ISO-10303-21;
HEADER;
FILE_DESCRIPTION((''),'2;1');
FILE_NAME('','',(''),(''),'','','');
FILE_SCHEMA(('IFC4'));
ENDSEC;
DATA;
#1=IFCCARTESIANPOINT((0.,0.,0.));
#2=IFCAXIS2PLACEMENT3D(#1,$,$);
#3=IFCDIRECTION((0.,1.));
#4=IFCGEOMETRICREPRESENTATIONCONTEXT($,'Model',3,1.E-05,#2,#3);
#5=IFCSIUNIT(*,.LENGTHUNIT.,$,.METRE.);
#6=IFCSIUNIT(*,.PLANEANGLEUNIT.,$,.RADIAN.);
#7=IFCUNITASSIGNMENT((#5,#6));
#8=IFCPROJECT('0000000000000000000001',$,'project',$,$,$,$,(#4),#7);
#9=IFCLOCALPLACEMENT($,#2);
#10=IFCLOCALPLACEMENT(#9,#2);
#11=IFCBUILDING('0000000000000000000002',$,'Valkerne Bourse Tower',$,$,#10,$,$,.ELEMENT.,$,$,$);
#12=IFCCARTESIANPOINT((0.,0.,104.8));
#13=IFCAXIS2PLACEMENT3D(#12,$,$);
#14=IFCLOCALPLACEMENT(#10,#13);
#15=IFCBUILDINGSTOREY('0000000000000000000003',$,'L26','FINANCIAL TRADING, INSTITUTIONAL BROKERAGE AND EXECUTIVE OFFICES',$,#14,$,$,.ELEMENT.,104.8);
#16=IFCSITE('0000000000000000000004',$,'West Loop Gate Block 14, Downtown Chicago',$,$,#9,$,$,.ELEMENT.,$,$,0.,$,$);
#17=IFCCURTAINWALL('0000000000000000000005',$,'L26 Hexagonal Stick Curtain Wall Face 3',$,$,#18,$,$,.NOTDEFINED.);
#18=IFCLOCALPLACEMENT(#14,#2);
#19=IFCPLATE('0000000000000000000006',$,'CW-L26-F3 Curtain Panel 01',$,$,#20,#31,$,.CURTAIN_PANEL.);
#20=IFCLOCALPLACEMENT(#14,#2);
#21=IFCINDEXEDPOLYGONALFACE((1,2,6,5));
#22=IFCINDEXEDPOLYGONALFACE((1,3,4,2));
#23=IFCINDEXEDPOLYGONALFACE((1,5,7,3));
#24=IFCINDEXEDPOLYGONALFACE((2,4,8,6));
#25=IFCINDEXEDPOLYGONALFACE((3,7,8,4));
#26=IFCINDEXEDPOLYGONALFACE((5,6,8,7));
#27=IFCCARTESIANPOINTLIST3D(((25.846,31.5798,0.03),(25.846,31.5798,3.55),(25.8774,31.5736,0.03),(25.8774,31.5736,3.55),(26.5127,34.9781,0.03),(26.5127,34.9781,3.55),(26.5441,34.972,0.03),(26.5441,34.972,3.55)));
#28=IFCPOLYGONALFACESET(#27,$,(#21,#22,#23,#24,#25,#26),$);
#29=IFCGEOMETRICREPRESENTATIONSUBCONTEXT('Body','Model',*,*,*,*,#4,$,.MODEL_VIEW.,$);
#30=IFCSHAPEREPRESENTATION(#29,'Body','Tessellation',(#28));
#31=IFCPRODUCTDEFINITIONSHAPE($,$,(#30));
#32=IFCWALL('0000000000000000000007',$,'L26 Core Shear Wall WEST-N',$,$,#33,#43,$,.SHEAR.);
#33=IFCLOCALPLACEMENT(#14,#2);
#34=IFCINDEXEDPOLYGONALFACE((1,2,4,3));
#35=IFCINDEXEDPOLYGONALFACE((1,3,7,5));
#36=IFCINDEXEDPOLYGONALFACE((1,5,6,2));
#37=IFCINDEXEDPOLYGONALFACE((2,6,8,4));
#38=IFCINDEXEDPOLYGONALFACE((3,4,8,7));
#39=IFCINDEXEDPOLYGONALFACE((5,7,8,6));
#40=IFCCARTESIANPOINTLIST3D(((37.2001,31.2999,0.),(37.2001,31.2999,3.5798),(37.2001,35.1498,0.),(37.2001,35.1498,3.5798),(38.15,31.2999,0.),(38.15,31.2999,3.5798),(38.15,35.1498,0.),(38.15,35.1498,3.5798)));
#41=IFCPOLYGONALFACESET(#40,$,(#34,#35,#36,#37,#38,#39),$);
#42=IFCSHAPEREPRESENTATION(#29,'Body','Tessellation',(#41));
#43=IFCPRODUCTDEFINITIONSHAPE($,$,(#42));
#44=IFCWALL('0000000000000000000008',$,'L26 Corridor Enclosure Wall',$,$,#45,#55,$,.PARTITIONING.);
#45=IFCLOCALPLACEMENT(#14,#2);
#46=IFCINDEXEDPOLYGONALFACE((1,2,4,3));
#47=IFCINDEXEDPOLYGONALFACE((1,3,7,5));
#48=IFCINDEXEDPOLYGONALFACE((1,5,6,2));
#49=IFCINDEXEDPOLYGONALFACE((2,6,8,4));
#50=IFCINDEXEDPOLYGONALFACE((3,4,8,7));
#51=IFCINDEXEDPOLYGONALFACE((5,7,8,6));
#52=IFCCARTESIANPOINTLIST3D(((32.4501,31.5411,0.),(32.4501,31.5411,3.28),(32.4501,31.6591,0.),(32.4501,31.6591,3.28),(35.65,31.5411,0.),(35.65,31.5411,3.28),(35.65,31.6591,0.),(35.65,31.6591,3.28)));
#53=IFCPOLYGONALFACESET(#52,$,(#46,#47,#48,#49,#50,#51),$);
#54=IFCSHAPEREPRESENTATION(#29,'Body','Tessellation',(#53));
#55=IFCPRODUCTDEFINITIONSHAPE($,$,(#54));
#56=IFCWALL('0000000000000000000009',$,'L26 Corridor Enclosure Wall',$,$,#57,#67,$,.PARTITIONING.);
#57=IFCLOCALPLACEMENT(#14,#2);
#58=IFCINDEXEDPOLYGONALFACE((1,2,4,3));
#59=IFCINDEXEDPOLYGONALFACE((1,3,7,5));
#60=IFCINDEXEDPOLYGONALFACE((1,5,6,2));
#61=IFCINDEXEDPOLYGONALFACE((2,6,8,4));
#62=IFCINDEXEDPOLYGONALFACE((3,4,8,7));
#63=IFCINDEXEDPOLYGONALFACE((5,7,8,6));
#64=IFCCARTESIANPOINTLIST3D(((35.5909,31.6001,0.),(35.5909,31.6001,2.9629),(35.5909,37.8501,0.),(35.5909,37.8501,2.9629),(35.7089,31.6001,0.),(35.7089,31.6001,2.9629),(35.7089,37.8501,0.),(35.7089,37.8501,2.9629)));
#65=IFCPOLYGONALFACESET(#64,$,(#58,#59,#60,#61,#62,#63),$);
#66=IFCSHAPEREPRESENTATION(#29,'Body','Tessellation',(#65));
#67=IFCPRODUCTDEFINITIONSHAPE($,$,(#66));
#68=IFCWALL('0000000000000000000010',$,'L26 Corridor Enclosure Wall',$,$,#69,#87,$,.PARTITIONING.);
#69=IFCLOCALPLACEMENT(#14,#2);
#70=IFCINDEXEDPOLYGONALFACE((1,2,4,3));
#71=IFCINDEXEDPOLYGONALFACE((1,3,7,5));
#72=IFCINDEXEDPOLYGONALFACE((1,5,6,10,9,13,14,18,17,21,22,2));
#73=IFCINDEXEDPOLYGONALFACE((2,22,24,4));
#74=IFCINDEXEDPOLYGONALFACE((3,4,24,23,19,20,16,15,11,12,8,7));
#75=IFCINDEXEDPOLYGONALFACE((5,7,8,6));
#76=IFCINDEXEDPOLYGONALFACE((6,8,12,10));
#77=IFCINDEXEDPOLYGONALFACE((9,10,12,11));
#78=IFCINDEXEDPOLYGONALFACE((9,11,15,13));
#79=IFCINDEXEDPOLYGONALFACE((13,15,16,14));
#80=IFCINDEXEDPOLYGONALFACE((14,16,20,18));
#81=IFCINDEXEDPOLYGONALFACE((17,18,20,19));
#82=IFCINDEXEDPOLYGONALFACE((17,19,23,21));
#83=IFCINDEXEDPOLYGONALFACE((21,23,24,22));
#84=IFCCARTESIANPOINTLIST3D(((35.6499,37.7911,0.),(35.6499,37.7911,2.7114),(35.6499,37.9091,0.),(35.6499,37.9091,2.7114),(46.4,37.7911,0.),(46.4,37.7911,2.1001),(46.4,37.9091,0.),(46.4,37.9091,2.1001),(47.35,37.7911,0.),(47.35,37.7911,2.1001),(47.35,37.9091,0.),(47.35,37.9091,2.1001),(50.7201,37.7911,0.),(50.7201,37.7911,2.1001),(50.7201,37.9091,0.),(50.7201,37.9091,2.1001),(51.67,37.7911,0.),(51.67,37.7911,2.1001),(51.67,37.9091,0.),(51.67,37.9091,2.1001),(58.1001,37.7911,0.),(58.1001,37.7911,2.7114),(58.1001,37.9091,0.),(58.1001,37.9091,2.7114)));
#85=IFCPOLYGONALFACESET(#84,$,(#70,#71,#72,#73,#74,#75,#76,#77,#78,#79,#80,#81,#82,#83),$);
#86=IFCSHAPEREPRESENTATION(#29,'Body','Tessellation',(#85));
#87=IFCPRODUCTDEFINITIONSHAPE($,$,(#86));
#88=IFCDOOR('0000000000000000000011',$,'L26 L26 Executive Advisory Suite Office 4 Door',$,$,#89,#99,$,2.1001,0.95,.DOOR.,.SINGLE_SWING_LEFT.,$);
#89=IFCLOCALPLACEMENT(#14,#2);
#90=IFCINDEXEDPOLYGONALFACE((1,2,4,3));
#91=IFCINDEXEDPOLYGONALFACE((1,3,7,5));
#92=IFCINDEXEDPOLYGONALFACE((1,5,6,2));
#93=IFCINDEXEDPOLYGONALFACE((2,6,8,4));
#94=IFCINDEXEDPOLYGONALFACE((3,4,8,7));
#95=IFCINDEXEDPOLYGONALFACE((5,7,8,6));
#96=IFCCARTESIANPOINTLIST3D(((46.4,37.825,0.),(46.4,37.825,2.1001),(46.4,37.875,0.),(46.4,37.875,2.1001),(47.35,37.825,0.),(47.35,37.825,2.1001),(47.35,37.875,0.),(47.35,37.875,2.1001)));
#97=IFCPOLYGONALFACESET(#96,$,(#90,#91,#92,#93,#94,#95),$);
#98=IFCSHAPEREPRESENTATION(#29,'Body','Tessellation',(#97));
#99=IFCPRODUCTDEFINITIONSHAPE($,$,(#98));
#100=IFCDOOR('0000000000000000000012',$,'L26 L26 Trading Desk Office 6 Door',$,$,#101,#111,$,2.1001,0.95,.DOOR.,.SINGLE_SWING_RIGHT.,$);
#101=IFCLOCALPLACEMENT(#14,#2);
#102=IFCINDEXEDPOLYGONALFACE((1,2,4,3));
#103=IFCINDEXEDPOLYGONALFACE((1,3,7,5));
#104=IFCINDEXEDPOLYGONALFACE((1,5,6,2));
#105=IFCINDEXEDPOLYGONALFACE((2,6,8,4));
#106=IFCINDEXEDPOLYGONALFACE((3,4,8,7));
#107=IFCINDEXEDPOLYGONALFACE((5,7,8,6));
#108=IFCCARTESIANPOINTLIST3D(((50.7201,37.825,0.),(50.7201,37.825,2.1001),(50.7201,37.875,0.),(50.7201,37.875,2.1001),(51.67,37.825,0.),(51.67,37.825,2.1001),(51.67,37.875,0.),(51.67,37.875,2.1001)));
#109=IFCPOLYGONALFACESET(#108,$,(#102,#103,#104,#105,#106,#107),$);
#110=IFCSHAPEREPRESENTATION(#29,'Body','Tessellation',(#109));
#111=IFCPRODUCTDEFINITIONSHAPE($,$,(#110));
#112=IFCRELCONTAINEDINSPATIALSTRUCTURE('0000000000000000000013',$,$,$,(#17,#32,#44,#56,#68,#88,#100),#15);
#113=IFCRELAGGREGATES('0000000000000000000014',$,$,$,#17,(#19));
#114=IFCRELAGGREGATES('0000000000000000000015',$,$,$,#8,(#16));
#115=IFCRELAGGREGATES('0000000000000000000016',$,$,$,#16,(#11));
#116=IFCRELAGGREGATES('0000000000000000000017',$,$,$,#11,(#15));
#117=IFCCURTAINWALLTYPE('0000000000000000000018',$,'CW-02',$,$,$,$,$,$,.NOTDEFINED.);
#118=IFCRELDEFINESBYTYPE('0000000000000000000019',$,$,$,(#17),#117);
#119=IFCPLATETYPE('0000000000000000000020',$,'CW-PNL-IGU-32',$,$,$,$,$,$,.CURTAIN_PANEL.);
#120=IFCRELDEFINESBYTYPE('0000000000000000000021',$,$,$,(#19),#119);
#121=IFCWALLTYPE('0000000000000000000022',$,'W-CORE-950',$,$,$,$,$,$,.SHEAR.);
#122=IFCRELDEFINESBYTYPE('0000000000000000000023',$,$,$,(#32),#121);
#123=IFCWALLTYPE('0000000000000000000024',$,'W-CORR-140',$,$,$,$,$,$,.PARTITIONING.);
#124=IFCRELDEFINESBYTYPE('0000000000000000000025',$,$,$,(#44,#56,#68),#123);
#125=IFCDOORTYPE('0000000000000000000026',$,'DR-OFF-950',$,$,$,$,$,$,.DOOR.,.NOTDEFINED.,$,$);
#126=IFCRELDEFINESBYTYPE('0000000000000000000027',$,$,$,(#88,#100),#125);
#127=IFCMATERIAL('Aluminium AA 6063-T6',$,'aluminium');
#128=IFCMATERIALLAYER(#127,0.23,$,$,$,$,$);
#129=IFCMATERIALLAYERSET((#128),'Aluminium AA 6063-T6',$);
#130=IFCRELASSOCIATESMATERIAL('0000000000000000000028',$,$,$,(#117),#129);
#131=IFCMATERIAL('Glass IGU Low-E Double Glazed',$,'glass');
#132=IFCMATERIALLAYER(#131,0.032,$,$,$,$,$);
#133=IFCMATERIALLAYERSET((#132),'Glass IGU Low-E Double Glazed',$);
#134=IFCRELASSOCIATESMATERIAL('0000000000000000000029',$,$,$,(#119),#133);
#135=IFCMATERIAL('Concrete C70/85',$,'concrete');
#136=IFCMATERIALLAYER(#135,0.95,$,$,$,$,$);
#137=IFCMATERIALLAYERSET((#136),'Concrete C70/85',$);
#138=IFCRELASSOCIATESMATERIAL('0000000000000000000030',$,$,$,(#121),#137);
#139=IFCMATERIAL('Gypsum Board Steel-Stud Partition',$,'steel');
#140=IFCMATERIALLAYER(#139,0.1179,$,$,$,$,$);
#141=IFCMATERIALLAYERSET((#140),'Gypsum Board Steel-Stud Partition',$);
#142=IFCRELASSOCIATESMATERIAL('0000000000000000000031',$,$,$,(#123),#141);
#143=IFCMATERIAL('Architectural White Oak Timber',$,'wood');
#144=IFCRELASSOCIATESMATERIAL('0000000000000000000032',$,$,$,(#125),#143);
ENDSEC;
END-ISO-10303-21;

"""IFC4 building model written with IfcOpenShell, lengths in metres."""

from ifc_helpers import new_model, si_unit, direction, frame, frame_2d, origin, origin_2d, place, context, subcontext, project, spatial, rectangle, extrude, material, layer, layer_set, type_object, element, fill, aggregate, save


model = new_model("IFC4")

# Units and contexts
model_context = context("Model", 3, precision=1e-05, world=origin(), true_north=direction((0.0, 1.0)))
body_context = subcontext(model_context, "Body", "Model", "MODEL_VIEW")
ifc_project = project(units=[si_unit("LENGTHUNIT", "METRE"), si_unit("PLANEANGLEUNIT", "RADIAN")], contexts=[model_context])

# Site, building, storey
site_placement = place(None, origin())
site = spatial("IfcSite", under=ifc_project, at=site_placement, Name="West Loop Gate Block 14, Downtown Chicago", CompositionType="ELEMENT", RefElevation=0.0)
building_placement = place(site_placement, origin())
building = spatial("IfcBuilding", under=site, at=building_placement, Name="Valkerne Bourse Tower", CompositionType="ELEMENT")
storey_placement = place(building_placement, frame((0.0, 0.0, 104.8)))
storey = spatial("IfcBuildingStorey", under=building, at=storey_placement, Name="L26", Description="FINANCIAL TRADING, INSTITUTIONAL BROKERAGE AND EXECUTIVE OFFICES", CompositionType="ELEMENT", Elevation=104.8)

# Curtain wall
ifc_material_1 = material(Name="Aluminium AA 6063-T6", Category="aluminium")
ifc_layer_1 = layer(ifc_material_1, 0.23)
ifc_layer_set_1 = layer_set([ifc_layer_1], Name="Aluminium AA 6063-T6")
curtain_wall_type = type_object("IfcCurtainWallType", Name="CW-02", PredefinedType="NOTDEFINED", material=ifc_layer_set_1)
curtain_wall_placement = place(storey_placement, origin())
curtain_wall = element("IfcCurtainWall", 1, at=curtain_wall_placement, inside=storey, type_object=curtain_wall_type, Name="L26 Hexagonal Stick Curtain Wall Face 3", PredefinedType="NOTDEFINED")

# Plate
ifc_material_2 = material(Name="Glass IGU Low-E Double Glazed", Category="glass")
ifc_layer_2 = layer(ifc_material_2, 0.032)
ifc_layer_set_2 = layer_set([ifc_layer_2], Name="Glass IGU Low-E Double Glazed")
plate_type = type_object("IfcPlateType", Name="CW-PNL-IGU-32", PredefinedType="CURTAIN_PANEL", material=ifc_layer_set_2)
plate_1_placement = place(storey_placement, frame((26.1951, 33.2759, 0.03), z_axis=(0.0, 0.0, 1.0), x_axis=(-0.192513, -0.981294, 0.0)))
plate_1 = element("IfcPlate", 2, at=plate_1_placement, type_object=plate_type, Name="CW-L26-F3 Curtain Panel 01", PredefinedType="CURTAIN_PANEL", context=body_context, shape_type="SweptSolid", body=[
    extrude(rectangle(XDim=3.4631, YDim=0.032, at=origin_2d()), origin(), (0.0, 0.0, 1.0), 3.52),
])
aggregate(curtain_wall, [plate_1])

# Shared definitions
ifc_material_3 = material(Name="Concrete C70/85", Category="concrete")
ifc_layer_3 = layer(ifc_material_3, 0.95)
ifc_layer_set_3 = layer_set([ifc_layer_3], Name="Concrete C70/85")
wall_type_1 = type_object("IfcWallType", Name="W-CORE-950", PredefinedType="SHEAR", material=ifc_layer_set_3)

# Walls
wall_1_placement = place(storey_placement, frame((37.675, 31.3, 0.0), z_axis=(0.0, 0.0, 1.0), x_axis=(0.0, 1.0, 0.0)))
element("IfcWall", 3, at=wall_1_placement, inside=storey, type_object=wall_type_1, Name="L26 Core Shear Wall WEST-N", PredefinedType="SHEAR", context=body_context, shape_type="SweptSolid", body=[
    extrude(rectangle(XDim=3.8499, YDim=0.95, at=frame_2d((1.9248, 0.0))), origin(), (0.0, 0.0, 1.0), 3.5798),
])
ifc_material_4 = material(Name="Gypsum Board Steel-Stud Partition", Category="steel")
ifc_layer_4 = layer(ifc_material_4, 0.1179)
ifc_layer_set_4 = layer_set([ifc_layer_4], Name="Gypsum Board Steel-Stud Partition")
wall_type_2 = type_object("IfcWallType", Name="W-CORR-140", PredefinedType="PARTITIONING", material=ifc_layer_set_4)
wall_2_placement = place(storey_placement, frame((32.45, 31.6001, 0.0), z_axis=(0.0, 0.0, 1.0), x_axis=(1.0, 0.0, 0.0)))
element("IfcWall", 4, at=wall_2_placement, inside=storey, type_object=wall_type_2, Name="L26 Corridor Enclosure Wall", PredefinedType="PARTITIONING", context=body_context, shape_type="SweptSolid", body=[
    extrude(rectangle(XDim=3.2, YDim=0.1179, at=frame_2d((1.6001, 0.0))), origin(), (0.0, 0.0, 1.0), 3.28),
])
wall_3_placement = place(storey_placement, frame((35.6499, 31.6001, 0.0), z_axis=(0.0, 0.0, 1.0), x_axis=(0.0, 1.0, 0.0)))
element("IfcWall", 5, at=wall_3_placement, inside=storey, type_object=wall_type_2, Name="L26 Corridor Enclosure Wall", PredefinedType="PARTITIONING", context=body_context, shape_type="SweptSolid", body=[
    extrude(rectangle(XDim=6.25, YDim=0.1179, at=frame_2d((3.125, 0.0))), origin(), (0.0, 0.0, 1.0), 2.9629),
])

# Wall, openings, doors
wall_4_placement = place(storey_placement, frame((35.6499, 37.8501, 0.0), z_axis=(0.0, 0.0, 1.0), x_axis=(1.0, 0.0, 0.0)))
wall_4 = element("IfcWall", 6, at=wall_4_placement, inside=storey, type_object=wall_type_2, Name="L26 Corridor Enclosure Wall", PredefinedType="PARTITIONING", context=body_context, shape_type="SweptSolid", body=[
    extrude(rectangle(XDim=22.4502, YDim=0.1179, at=frame_2d((11.2251, 0.0))), origin(), (0.0, 0.0, 1.0), 2.7114),
])
opening_1_placement = place(wall_4_placement, frame((10.75, 0.0, 0.0)))
opening_1 = element("IfcOpeningElement", 7, at=opening_1_placement, cuts=wall_4, PredefinedType="OPENING", context=body_context, shape_type="SweptSolid", body=[
    extrude(rectangle(XDim=0.95, YDim=2.1001, at=frame_2d((0.4751, 1.05))), frame((0.0, 0.0688, 0.0), z_axis=(0.0, -1.0, 0.0), x_axis=(1.0, 0.0, 0.0)), (0.0, 0.0, 1.0), 0.1379),
])
opening_2_placement = place(wall_4_placement, frame((15.0701, 0.0, 0.0)))
opening_2 = element("IfcOpeningElement", 8, at=opening_2_placement, cuts=wall_4, PredefinedType="OPENING", context=body_context, shape_type="SweptSolid", body=[
    extrude(rectangle(XDim=0.95, YDim=2.1001, at=frame_2d((0.4751, 1.05))), frame((0.0, 0.0688, 0.0), z_axis=(0.0, -1.0, 0.0), x_axis=(1.0, 0.0, 0.0)), (0.0, 0.0, 1.0), 0.1379),
])
ifc_material_5 = material(Name="Architectural White Oak Timber", Category="wood")
door_type_1 = type_object("IfcDoorType", Name="DR-OFF-950", OperationType="NOTDEFINED", PredefinedType="DOOR", material=ifc_material_5)
door_1_placement = place(opening_1_placement, origin())
door_1 = element("IfcDoor", 9, at=door_1_placement, inside=storey, type_object=door_type_1, Name="L26 L26 Executive Advisory Suite Office 4 Door", OperationType="SINGLE_SWING_LEFT", OverallHeight=2.1001, OverallWidth=0.95, PredefinedType="DOOR", context=body_context, shape_type="SweptSolid", body=[
    extrude(rectangle(XDim=0.95, YDim=2.1001, at=frame_2d((0.4751, 1.05))), frame((0.0, 0.0249, 0.0), z_axis=(0.0, -1.0, 0.0), x_axis=(1.0, 0.0, 0.0)), (0.0, 0.0, 1.0), 0.05),
])
fill(opening_1, door_1)
door_2_placement = place(opening_2_placement, origin())
door_2 = element("IfcDoor", 10, at=door_2_placement, inside=storey, type_object=door_type_1, Name="L26 L26 Trading Desk Office 6 Door", OperationType="SINGLE_SWING_RIGHT", OverallHeight=2.1001, OverallWidth=0.95, PredefinedType="DOOR", context=body_context, shape_type="SweptSolid", body=[
    extrude(rectangle(XDim=0.95, YDim=2.1001, at=frame_2d((0.4751, 1.05))), frame((0.0, 0.0249, 0.0), z_axis=(0.0, -1.0, 0.0), x_axis=(1.0, 0.0, 0.0)), (0.0, 0.0, 1.0), 0.05),
])
fill(opening_2, door_2)

save(model, "model.ifc")
